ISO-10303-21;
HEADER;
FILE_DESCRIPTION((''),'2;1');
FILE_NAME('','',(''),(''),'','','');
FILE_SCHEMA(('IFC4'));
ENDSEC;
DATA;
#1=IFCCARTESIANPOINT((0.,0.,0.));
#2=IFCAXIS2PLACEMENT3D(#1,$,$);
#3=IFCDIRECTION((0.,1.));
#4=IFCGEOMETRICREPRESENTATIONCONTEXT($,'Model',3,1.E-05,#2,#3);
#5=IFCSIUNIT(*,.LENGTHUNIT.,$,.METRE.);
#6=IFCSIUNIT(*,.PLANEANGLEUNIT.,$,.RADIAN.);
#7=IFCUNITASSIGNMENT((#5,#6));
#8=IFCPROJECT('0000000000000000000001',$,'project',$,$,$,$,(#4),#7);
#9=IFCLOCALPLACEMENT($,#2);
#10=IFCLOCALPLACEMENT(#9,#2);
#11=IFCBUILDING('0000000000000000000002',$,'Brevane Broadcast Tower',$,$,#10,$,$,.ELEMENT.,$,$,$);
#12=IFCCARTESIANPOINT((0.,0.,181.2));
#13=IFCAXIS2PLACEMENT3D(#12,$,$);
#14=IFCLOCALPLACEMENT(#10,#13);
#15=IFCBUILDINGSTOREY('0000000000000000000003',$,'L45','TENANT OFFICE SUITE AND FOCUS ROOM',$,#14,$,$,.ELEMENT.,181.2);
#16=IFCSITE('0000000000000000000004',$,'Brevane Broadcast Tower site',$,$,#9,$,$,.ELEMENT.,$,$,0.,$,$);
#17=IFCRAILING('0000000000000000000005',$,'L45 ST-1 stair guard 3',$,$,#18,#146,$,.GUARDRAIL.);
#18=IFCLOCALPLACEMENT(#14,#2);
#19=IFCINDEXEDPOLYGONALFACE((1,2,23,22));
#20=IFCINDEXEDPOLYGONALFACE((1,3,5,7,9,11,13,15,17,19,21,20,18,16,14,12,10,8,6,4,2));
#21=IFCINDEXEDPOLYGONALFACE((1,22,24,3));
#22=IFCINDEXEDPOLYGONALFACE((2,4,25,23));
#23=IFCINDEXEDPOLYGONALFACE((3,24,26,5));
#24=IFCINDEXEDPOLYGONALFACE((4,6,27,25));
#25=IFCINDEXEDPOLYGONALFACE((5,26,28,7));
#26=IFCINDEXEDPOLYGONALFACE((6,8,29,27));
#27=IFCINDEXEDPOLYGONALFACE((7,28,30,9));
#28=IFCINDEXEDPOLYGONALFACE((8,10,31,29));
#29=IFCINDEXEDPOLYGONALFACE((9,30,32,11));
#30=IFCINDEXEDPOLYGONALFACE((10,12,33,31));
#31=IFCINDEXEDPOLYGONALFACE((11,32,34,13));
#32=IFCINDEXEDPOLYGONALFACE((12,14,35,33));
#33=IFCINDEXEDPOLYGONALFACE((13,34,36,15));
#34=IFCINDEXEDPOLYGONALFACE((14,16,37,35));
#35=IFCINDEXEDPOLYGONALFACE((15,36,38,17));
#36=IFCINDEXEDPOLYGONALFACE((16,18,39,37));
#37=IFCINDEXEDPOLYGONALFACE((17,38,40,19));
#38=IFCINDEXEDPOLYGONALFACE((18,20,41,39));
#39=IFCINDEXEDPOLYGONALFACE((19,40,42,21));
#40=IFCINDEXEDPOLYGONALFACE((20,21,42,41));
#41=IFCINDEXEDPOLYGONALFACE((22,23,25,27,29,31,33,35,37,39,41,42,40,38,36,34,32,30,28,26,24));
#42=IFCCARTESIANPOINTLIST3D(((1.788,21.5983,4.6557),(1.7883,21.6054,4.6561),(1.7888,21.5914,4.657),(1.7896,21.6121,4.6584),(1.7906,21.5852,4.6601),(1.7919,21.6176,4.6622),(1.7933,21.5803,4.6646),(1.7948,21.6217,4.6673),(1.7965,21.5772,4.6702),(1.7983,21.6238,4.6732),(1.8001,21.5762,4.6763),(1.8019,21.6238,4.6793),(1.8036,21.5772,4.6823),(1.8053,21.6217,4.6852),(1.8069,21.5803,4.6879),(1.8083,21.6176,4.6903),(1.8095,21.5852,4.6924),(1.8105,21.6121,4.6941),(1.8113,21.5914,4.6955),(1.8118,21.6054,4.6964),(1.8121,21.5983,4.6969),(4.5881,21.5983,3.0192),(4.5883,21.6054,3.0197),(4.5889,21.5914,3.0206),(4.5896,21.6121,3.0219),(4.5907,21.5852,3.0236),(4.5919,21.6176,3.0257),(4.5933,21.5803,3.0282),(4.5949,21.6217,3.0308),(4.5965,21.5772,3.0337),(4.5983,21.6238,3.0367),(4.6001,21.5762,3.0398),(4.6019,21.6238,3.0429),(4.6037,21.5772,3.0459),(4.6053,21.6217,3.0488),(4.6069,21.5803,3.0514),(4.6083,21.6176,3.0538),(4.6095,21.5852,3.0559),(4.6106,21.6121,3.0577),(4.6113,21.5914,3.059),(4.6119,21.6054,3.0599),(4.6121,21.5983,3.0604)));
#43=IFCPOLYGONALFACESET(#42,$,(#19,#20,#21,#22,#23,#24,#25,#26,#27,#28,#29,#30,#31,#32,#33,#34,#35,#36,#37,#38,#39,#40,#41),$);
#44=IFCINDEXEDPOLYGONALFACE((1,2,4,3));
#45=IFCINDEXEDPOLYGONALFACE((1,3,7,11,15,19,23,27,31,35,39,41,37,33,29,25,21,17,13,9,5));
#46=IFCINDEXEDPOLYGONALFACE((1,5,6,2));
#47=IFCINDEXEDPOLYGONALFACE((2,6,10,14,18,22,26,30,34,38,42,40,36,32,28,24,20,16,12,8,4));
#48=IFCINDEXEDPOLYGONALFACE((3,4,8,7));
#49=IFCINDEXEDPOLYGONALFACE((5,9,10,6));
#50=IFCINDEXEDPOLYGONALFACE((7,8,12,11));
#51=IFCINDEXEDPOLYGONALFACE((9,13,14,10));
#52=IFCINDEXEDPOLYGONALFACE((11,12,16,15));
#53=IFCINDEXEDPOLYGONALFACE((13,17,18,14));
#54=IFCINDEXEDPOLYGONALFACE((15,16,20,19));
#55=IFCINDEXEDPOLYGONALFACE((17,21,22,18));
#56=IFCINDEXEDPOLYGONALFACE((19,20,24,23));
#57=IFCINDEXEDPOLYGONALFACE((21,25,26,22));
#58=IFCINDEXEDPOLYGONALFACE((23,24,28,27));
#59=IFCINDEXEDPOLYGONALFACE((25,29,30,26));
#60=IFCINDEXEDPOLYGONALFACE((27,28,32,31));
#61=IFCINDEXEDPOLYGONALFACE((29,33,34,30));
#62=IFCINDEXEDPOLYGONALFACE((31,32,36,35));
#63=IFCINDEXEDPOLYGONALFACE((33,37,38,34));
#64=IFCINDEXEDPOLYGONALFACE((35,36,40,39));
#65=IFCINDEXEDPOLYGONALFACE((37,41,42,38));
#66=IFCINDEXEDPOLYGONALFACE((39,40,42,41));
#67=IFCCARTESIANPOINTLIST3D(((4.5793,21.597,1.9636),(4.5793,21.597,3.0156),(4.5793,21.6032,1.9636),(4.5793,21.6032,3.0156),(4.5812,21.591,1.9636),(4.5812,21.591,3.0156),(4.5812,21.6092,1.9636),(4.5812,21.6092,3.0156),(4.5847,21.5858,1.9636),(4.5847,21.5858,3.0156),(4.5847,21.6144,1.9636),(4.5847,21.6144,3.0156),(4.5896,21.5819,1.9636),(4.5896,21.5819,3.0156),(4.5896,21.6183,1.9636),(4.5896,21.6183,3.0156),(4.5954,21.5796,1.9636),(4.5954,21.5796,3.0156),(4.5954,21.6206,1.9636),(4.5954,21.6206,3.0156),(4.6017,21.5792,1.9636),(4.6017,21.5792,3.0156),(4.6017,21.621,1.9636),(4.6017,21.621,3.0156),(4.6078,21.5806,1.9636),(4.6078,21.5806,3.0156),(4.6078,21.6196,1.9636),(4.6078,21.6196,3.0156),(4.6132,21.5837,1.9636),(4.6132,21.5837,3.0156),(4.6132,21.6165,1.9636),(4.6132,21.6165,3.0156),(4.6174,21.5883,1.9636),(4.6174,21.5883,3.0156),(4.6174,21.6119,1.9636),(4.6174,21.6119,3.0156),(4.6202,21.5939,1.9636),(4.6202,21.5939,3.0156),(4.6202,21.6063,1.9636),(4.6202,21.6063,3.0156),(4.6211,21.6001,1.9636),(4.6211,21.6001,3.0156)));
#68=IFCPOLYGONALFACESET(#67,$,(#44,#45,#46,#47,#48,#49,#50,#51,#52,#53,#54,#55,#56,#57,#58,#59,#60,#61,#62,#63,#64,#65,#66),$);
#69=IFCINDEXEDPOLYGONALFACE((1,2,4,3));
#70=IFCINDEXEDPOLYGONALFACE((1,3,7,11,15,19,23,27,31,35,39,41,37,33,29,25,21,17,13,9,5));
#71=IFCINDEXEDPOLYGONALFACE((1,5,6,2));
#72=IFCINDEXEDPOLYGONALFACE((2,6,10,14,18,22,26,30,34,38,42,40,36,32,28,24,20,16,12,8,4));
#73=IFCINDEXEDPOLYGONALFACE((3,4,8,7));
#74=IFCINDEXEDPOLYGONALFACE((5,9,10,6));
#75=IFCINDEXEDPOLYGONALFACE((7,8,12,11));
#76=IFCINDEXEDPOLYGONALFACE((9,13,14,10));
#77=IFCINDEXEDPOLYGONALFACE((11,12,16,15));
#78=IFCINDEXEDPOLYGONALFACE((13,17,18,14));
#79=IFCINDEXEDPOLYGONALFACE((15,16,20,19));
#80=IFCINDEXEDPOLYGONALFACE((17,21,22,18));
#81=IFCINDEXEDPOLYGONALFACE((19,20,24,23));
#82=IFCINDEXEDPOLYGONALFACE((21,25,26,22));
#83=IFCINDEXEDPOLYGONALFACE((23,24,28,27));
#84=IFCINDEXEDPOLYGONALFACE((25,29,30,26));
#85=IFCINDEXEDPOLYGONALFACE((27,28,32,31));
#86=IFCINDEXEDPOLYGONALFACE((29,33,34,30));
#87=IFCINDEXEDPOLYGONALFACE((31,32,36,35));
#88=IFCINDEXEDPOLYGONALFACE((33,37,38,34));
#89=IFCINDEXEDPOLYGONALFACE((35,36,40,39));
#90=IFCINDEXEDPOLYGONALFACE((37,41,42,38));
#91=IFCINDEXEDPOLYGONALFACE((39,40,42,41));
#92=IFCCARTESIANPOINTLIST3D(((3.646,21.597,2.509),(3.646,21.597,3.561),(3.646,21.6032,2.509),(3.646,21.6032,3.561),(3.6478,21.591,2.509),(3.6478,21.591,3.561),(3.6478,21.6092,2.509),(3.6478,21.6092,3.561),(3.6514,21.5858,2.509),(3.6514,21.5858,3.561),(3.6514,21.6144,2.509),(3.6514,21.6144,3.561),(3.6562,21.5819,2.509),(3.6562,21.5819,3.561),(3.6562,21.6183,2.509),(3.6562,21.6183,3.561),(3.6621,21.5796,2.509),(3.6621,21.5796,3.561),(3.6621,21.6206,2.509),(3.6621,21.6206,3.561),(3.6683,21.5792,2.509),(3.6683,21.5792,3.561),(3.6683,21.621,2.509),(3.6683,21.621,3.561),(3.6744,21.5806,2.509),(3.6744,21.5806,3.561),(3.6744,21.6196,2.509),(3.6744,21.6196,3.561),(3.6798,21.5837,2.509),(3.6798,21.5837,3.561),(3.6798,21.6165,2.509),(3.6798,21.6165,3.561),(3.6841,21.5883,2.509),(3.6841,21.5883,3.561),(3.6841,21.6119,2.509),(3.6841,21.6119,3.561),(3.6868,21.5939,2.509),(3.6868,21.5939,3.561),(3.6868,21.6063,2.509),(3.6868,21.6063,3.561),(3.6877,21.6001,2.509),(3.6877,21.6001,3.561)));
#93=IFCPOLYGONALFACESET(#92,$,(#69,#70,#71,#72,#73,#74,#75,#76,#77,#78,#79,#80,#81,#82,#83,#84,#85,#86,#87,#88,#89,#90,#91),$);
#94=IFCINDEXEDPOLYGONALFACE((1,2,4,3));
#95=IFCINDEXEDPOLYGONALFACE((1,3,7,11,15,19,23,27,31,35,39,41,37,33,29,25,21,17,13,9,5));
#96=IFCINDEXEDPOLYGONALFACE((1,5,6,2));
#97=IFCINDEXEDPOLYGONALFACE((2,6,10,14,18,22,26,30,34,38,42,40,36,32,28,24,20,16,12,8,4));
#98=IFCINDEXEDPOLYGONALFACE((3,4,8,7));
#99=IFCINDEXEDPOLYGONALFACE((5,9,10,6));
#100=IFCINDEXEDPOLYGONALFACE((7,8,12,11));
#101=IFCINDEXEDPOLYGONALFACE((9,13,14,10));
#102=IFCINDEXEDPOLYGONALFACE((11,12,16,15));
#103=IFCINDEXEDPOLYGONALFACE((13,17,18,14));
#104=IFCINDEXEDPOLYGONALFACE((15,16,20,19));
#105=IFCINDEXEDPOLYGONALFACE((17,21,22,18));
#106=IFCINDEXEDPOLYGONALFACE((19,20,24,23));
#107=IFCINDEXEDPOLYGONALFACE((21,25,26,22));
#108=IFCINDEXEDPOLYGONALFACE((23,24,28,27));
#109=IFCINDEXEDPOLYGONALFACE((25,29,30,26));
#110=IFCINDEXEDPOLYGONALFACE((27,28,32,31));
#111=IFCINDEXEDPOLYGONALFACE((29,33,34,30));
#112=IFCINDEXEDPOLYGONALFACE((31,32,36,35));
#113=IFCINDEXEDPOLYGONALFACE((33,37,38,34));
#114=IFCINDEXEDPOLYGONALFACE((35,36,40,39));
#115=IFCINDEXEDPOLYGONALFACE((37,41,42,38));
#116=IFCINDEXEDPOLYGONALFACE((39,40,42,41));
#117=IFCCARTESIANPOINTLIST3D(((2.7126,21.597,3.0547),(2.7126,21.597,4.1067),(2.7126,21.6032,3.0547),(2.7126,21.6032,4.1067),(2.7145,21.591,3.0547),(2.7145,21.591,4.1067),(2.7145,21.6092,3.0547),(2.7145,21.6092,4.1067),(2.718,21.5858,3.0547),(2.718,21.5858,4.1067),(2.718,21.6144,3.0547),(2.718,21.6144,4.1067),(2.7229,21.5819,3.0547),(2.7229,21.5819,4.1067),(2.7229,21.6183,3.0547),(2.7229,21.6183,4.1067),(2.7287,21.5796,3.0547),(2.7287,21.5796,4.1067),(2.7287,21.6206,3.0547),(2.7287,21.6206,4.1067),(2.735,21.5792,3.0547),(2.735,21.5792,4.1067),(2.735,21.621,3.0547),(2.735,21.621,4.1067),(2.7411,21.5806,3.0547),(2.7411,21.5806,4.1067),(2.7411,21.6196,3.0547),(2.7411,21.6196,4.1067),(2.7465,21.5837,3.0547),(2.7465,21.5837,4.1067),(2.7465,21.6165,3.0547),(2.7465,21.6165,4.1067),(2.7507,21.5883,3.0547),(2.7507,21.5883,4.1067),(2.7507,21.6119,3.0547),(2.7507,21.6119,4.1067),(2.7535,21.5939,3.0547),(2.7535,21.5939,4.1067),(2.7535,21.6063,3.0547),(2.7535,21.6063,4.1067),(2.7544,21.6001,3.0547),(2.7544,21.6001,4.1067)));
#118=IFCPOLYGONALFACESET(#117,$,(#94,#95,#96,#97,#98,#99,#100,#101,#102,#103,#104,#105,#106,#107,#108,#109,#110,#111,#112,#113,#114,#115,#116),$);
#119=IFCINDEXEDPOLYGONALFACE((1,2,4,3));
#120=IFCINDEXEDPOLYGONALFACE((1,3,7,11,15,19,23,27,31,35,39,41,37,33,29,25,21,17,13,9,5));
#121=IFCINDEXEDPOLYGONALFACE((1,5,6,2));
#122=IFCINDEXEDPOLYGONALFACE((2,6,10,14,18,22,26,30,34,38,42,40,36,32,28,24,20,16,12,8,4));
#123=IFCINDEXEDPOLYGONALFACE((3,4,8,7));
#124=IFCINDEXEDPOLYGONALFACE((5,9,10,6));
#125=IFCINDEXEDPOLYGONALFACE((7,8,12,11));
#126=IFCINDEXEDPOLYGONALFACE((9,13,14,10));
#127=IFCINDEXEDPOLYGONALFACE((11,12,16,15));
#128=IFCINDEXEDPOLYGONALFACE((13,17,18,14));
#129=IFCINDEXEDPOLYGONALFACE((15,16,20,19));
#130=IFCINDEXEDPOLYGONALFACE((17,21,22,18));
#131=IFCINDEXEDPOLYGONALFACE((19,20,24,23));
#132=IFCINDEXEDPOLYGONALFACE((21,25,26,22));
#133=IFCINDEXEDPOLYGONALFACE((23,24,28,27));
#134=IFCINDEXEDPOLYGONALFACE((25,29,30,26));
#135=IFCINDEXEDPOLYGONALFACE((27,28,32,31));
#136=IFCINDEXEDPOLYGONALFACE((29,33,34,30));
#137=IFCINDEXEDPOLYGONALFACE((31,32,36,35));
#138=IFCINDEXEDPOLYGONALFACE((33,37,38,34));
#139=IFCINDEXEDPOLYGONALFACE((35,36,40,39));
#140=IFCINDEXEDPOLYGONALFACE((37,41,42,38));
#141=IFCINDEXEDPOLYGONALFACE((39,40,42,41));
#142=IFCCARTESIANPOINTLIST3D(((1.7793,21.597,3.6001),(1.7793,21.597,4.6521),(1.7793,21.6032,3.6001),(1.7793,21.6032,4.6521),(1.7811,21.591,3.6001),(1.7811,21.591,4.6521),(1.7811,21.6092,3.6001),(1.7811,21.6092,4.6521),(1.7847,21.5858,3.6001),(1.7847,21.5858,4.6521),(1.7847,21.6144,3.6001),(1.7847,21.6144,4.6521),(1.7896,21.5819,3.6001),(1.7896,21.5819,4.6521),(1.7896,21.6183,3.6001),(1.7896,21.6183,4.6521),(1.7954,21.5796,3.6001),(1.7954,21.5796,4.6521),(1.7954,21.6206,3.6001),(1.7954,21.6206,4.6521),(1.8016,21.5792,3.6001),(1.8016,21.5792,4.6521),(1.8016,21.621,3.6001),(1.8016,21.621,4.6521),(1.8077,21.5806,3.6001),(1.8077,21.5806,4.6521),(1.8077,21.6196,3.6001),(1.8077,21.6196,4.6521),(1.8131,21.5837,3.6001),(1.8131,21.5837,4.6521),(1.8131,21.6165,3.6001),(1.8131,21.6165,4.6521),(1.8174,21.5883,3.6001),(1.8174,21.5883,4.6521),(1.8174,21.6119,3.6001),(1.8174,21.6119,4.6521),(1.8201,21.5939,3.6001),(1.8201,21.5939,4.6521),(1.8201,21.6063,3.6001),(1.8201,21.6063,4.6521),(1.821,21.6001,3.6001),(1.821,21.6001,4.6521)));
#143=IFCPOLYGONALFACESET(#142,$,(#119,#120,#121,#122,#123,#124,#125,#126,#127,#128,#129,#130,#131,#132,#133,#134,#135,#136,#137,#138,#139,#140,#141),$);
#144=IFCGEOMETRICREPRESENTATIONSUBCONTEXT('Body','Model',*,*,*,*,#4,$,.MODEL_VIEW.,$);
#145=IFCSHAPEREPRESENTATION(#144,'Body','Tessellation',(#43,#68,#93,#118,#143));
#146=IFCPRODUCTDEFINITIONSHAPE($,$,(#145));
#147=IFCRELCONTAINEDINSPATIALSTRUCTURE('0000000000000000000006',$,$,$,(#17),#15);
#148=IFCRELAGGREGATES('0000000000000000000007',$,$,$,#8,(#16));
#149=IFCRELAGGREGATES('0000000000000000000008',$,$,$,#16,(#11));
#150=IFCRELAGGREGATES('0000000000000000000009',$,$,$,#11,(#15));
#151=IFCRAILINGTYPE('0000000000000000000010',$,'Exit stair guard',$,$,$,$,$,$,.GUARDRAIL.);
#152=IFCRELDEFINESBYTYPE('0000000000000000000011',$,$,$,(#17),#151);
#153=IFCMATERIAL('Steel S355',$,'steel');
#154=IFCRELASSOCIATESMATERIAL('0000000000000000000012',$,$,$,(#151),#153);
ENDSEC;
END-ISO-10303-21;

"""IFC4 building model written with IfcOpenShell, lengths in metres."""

from ifc_helpers import new_model, si_unit, direction, frame, origin, origin_2d, place, context, subcontext, project, spatial, circle, extrude, material, type_object, element, save


model = new_model("IFC4")

# Units and contexts
model_context = context("Model", 3, precision=1e-05, world=origin(), true_north=direction((0.0, 1.0)))
body_context = subcontext(model_context, "Body", "Model", "MODEL_VIEW")
ifc_project = project(units=[si_unit("LENGTHUNIT", "METRE"), si_unit("PLANEANGLEUNIT", "RADIAN")], contexts=[model_context])

# Site, building, storey
site_placement = place(None, origin())
site = spatial("IfcSite", under=ifc_project, at=site_placement, Name="Brevane Broadcast Tower site", CompositionType="ELEMENT", RefElevation=0.0)
building_placement = place(site_placement, origin())
building = spatial("IfcBuilding", under=site, at=building_placement, Name="Brevane Broadcast Tower", CompositionType="ELEMENT")
storey_placement = place(building_placement, frame((0.0, 0.0, 181.2)))
storey = spatial("IfcBuildingStorey", under=building, at=storey_placement, Name="L45", Description="TENANT OFFICE SUITE AND FOCUS ROOM", CompositionType="ELEMENT", Elevation=181.2)

# Railing
ifc_material_1 = material(Name="Steel S355", Category="steel")
railing_type_1 = type_object("IfcRailingType", Name="Exit stair guard", PredefinedType="GUARDRAIL", material=ifc_material_1)
railing_1_placement = place(storey_placement, frame((4.6001, 21.6001, 1.9636)))
element("IfcRailing", 1, at=railing_1_placement, inside=storey, type_object=railing_type_1, Name="L45 ST-1 stair guard 3", PredefinedType="GUARDRAIL", context=body_context, shape_type="SweptSolid", body=[
    extrude(circle(Radius=0.0239, at=origin_2d()), frame((0.0, 0.0, 1.0762), z_axis=(-0.863361, 0.0, 0.504587), x_axis=(0.0, -1.0, 0.0)), (0.0, 0.0, 1.0), 3.2432),
    extrude(circle(Radius=0.021, at=origin_2d()), origin(), (0.0, 0.0, 1.0), 1.052),
    extrude(circle(Radius=0.021, at=origin_2d()), frame((-0.9333, 0.0, 0.5454)), (0.0, 0.0, 1.0), 1.052),
    extrude(circle(Radius=0.021, at=origin_2d()), frame((-1.8667, 0.0, 1.0911)), (0.0, 0.0, 1.0), 1.052),
    extrude(circle(Radius=0.021, at=origin_2d()), frame((-2.8, 0.0, 1.6365)), (0.0, 0.0, 1.0), 1.052),
])

save(model, "model.ifc")
